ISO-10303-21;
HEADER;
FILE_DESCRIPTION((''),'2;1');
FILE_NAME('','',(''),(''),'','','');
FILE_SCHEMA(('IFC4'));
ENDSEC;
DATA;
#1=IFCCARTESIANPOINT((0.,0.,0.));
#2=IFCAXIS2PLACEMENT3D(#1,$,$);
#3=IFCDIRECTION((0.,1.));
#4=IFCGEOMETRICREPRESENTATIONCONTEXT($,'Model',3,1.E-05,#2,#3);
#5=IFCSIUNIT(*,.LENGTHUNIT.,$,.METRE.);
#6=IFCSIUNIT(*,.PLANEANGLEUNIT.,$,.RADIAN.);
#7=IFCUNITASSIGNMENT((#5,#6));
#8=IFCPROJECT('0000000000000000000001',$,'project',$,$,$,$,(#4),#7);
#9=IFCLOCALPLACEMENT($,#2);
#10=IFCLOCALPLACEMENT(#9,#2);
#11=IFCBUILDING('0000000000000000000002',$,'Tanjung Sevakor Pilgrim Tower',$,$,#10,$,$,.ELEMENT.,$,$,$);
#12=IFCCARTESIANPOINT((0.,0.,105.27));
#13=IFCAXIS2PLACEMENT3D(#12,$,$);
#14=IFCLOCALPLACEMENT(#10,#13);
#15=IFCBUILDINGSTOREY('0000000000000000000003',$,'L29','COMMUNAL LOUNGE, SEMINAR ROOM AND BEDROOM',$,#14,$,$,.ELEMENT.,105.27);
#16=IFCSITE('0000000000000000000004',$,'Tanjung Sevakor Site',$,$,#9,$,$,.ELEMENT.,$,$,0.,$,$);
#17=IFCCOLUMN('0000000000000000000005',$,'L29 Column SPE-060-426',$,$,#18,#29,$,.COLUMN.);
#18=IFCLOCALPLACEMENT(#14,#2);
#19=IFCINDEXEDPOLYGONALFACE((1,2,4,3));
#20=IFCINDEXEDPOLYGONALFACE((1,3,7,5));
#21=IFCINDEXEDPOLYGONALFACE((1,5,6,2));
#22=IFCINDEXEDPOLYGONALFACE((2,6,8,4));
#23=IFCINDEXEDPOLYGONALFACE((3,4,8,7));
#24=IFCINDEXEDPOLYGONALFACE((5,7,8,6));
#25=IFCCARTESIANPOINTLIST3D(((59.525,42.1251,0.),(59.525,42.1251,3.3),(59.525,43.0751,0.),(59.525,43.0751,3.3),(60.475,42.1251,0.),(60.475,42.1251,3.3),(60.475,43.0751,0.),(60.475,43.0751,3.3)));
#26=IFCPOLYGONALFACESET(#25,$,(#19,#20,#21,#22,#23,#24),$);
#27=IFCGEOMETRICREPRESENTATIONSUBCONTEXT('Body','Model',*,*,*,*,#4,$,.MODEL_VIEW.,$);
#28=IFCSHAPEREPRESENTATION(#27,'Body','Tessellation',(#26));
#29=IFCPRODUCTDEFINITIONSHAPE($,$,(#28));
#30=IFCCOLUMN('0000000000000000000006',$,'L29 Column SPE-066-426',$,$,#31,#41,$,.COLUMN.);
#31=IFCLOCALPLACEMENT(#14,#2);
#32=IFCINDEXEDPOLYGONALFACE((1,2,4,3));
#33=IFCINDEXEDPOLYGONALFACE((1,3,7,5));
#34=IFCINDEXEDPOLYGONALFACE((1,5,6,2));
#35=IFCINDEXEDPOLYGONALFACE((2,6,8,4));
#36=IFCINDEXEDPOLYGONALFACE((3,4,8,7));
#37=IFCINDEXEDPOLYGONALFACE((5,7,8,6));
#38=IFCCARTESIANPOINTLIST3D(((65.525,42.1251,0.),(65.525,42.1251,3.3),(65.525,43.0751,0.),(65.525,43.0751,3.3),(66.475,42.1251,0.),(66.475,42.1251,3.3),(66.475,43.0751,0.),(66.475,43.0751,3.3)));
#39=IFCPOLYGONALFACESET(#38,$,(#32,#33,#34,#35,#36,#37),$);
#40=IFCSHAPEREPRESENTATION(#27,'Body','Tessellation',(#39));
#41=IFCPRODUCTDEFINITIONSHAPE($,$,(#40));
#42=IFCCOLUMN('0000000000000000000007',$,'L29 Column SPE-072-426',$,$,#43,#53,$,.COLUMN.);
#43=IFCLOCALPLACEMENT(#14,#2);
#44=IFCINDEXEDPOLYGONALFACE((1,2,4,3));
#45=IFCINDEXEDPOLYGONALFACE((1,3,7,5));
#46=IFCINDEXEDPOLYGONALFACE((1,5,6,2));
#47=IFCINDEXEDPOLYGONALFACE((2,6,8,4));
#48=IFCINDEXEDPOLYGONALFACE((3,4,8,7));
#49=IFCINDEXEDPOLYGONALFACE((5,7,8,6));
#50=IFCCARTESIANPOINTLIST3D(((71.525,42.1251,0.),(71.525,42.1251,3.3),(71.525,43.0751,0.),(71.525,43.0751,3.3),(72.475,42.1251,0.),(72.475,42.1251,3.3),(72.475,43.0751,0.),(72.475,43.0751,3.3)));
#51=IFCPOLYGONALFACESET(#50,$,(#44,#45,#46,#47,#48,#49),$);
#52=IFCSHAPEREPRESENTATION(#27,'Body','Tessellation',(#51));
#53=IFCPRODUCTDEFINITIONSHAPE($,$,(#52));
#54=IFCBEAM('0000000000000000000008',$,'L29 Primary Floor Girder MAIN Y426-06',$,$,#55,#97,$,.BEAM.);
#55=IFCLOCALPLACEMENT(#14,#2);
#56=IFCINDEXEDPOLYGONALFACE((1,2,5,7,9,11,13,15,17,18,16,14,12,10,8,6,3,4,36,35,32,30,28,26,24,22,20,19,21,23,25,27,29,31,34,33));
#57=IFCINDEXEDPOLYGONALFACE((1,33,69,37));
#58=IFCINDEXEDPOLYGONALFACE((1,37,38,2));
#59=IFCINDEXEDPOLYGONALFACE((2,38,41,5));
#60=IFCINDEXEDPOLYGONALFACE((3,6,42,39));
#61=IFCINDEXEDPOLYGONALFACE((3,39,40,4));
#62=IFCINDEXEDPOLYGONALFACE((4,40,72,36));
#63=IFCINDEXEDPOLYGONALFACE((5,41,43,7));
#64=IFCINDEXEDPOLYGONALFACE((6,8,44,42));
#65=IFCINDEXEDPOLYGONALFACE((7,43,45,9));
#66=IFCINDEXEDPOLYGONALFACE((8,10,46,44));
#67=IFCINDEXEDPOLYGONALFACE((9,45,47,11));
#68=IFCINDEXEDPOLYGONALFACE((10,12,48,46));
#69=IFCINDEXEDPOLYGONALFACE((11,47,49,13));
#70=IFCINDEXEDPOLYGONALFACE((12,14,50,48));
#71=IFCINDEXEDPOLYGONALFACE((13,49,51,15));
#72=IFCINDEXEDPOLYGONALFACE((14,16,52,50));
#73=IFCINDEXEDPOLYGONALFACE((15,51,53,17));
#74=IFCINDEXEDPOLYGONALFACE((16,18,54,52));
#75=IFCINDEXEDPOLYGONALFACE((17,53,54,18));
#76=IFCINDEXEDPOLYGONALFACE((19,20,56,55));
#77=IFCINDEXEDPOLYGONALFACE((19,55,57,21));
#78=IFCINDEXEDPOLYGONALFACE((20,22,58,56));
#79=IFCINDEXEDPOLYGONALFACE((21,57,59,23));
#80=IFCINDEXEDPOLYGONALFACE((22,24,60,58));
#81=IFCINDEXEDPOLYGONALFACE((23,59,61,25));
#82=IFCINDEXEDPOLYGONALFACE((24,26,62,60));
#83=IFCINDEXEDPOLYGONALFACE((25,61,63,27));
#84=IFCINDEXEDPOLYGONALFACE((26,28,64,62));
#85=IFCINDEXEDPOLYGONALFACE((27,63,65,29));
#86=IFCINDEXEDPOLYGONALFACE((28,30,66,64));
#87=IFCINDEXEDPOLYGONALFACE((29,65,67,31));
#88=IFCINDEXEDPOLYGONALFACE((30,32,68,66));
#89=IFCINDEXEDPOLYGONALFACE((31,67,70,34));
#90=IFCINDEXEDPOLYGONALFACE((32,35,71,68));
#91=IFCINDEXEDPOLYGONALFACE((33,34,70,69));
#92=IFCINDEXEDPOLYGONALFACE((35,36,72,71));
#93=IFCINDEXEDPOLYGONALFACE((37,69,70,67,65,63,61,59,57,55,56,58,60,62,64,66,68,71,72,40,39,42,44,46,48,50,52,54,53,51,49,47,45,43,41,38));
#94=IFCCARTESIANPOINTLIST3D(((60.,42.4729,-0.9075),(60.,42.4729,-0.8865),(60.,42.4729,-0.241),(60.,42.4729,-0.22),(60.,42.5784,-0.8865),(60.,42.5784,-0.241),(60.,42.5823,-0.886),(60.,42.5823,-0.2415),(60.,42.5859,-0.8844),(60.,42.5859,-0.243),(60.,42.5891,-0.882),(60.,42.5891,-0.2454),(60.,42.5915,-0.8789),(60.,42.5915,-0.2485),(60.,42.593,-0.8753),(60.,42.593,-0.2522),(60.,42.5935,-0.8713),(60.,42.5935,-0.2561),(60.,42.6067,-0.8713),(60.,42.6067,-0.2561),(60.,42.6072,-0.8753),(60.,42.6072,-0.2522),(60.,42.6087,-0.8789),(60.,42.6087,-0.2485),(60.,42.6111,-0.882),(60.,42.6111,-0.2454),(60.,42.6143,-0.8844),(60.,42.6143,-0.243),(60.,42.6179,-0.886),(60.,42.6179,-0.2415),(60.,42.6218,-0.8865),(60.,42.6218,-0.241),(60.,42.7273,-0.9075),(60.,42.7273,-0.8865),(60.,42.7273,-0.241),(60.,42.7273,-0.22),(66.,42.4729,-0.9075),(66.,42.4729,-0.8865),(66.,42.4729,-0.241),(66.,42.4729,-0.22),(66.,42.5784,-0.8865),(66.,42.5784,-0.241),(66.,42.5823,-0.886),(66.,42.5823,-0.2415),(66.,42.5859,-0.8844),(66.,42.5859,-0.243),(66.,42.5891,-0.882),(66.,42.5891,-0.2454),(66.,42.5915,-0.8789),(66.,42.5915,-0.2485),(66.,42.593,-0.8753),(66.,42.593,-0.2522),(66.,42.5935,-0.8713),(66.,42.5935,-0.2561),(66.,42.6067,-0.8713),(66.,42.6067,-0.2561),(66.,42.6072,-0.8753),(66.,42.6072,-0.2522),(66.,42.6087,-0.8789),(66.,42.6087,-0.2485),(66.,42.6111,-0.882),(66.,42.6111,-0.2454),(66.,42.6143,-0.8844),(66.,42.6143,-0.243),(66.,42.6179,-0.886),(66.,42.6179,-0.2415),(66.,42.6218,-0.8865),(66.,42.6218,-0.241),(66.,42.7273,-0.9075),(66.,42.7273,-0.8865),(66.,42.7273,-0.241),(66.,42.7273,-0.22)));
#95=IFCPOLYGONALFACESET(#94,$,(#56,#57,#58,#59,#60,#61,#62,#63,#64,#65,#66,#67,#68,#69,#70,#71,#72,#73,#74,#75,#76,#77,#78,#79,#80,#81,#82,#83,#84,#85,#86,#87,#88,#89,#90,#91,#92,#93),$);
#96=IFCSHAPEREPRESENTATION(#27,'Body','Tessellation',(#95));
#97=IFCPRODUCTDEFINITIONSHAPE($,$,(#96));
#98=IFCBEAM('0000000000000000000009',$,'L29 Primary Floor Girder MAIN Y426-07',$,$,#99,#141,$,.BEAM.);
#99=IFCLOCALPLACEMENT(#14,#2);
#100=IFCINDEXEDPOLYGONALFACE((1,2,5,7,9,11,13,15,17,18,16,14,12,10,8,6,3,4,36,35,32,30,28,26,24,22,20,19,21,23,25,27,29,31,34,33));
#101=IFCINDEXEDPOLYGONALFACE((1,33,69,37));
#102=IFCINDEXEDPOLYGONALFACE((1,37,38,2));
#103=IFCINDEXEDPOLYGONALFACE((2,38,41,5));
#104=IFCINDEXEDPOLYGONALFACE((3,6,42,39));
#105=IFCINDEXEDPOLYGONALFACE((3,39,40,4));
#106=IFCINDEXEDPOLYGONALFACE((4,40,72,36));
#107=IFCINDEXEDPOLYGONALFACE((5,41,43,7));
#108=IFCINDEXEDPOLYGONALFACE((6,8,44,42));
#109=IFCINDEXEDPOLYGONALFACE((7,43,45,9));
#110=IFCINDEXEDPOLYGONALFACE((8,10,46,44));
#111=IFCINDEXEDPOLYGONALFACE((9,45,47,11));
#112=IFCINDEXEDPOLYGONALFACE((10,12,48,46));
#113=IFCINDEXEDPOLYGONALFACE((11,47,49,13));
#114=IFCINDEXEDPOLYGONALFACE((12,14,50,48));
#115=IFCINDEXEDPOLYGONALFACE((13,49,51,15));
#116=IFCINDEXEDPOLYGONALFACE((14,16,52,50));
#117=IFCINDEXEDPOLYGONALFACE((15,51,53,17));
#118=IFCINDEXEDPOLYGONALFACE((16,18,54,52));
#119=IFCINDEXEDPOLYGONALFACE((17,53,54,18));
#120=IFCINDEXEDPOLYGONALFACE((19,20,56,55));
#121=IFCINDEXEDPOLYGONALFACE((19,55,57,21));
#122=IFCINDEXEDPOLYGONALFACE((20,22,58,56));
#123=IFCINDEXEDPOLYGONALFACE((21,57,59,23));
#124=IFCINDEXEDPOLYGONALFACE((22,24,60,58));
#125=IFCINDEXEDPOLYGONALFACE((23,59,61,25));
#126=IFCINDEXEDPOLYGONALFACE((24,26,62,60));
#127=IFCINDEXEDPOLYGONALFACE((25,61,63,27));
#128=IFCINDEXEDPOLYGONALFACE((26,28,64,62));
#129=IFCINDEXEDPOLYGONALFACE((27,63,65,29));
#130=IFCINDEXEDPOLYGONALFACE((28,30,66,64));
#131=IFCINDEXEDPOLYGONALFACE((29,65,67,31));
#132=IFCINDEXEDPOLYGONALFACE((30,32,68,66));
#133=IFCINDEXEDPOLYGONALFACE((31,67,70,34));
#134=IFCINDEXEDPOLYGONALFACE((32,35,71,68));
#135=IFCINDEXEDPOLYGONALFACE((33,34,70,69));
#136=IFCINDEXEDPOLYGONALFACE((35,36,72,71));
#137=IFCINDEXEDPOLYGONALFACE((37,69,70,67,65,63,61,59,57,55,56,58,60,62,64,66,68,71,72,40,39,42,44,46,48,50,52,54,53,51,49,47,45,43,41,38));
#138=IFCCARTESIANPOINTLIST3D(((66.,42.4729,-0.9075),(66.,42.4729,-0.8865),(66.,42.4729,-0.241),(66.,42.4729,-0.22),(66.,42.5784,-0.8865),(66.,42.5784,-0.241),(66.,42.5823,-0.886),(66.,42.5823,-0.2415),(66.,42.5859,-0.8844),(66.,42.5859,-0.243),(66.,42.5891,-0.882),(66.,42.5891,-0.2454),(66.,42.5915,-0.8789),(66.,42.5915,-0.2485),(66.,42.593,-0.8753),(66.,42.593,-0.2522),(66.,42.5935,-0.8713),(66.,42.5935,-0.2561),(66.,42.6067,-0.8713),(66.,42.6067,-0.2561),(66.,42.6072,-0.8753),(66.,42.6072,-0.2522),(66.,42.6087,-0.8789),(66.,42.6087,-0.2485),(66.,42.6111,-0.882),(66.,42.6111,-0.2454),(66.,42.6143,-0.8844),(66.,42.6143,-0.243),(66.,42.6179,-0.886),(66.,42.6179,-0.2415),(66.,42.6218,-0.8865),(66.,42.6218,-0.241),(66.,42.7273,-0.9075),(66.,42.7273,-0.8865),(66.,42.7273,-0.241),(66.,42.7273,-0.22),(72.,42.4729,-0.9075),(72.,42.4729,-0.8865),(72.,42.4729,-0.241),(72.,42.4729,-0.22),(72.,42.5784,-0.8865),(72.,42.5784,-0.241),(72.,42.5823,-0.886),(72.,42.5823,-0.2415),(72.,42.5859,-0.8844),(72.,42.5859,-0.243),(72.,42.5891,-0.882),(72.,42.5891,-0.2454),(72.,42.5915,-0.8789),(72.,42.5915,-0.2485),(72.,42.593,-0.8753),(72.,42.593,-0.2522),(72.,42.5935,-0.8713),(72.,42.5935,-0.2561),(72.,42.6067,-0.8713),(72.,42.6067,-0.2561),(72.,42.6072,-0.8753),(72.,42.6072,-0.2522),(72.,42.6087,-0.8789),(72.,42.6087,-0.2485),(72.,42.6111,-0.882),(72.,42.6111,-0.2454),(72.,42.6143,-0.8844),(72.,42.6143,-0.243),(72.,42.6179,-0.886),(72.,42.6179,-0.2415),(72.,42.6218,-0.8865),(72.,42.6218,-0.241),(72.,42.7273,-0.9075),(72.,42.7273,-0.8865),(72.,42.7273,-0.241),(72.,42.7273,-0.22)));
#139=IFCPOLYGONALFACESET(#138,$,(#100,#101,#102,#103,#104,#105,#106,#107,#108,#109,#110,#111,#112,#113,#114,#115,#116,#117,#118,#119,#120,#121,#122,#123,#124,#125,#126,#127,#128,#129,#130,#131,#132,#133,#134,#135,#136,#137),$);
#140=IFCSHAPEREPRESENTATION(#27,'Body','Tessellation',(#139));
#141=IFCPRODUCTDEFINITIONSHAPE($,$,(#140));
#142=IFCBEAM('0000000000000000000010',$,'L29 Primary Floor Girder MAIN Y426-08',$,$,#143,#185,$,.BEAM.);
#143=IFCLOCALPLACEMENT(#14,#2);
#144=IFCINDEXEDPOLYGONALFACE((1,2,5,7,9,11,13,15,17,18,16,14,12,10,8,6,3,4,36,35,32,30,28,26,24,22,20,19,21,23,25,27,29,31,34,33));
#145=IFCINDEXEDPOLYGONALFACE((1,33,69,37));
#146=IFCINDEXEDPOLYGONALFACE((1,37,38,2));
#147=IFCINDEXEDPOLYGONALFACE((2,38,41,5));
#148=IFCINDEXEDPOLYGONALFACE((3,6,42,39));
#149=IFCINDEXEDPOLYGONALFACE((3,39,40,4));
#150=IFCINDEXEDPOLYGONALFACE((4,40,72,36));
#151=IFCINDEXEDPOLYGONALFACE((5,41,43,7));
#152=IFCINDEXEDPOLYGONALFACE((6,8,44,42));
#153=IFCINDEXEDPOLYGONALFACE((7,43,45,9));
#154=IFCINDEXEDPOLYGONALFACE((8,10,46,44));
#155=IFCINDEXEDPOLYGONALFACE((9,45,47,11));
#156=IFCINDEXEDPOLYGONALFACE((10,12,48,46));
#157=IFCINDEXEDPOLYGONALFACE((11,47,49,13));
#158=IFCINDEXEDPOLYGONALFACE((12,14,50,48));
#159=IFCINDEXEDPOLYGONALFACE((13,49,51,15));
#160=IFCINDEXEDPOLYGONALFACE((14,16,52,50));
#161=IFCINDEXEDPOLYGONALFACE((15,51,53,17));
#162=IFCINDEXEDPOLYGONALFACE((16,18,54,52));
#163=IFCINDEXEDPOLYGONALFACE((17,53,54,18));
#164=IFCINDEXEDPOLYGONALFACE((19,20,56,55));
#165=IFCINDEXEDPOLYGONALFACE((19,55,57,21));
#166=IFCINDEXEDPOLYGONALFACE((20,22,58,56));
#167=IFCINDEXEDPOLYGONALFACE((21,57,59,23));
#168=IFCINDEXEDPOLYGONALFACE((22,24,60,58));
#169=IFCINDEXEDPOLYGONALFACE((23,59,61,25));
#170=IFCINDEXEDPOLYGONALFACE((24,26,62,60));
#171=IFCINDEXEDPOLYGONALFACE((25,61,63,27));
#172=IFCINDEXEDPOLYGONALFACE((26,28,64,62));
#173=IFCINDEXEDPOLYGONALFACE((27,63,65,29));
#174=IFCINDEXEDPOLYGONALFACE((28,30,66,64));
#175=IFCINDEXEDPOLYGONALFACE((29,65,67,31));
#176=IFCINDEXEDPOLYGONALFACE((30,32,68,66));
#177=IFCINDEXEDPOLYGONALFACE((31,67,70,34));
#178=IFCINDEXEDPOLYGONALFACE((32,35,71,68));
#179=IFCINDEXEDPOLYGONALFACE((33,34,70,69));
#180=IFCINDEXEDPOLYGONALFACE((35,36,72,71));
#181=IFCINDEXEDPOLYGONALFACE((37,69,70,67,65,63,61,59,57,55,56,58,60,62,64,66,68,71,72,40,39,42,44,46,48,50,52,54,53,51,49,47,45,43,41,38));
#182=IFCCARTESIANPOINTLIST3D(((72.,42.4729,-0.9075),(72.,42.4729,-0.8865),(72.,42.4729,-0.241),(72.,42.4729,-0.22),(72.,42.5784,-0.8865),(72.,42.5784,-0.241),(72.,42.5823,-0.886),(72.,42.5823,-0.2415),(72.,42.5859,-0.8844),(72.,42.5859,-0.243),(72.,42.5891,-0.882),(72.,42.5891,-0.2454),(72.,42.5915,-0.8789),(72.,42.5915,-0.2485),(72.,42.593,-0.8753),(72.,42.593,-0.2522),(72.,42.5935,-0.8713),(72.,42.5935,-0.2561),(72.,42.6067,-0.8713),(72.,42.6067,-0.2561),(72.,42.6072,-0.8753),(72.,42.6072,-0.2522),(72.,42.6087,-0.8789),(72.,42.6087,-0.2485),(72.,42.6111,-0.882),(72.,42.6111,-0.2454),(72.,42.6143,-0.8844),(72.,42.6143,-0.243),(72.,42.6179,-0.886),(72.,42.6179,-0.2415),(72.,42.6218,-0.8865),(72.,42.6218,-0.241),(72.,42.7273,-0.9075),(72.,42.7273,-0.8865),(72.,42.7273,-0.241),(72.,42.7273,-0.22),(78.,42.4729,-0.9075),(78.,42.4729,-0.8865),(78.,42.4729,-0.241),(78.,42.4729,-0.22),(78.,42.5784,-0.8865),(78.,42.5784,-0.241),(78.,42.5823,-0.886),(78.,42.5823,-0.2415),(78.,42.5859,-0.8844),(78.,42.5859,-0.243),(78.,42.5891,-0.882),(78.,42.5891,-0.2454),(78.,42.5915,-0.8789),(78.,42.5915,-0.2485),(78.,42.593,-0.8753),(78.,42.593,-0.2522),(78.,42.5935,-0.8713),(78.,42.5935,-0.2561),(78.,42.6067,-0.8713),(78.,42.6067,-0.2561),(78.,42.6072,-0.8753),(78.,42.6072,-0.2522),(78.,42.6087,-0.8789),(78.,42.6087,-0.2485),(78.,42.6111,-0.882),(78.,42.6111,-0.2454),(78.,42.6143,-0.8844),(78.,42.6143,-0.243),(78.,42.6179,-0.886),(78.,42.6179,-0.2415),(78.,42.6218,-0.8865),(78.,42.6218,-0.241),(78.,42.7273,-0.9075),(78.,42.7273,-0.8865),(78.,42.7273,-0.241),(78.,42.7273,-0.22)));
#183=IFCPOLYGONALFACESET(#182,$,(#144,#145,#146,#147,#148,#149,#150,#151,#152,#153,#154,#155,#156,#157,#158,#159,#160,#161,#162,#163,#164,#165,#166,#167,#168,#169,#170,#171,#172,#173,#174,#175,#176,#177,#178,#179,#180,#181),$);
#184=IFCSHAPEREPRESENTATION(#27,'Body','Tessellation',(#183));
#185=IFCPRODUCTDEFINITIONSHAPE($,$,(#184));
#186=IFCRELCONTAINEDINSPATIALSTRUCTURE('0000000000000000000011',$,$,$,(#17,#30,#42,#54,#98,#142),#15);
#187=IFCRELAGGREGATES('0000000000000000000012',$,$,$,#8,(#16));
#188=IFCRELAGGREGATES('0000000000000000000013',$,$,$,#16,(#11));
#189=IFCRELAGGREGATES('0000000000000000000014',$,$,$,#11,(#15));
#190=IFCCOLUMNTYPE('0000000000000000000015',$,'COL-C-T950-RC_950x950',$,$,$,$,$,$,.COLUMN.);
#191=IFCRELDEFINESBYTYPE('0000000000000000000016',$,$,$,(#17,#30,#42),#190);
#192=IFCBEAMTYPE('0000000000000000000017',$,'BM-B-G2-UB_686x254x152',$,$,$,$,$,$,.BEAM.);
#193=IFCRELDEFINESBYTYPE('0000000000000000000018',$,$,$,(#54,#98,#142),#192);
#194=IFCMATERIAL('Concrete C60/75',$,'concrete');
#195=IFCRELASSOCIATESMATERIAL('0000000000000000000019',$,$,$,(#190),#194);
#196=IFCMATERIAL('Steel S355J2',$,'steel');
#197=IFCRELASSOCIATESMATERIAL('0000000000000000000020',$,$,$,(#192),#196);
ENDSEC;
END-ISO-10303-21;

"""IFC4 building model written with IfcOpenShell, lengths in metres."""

from ifc_helpers import new_model, si_unit, direction, frame, origin, origin_2d, place, context, subcontext, project, spatial, rectangle, i_section, extrude, material, material_profile, profile_set, type_object, element, save


model = new_model("IFC4")

# Units and contexts
model_context = context("Model", 3, precision=1e-05, world=origin(), true_north=direction((0.0, 1.0)))
body_context = subcontext(model_context, "Body", "Model", "MODEL_VIEW")
ifc_project = project(units=[si_unit("LENGTHUNIT", "METRE"), si_unit("PLANEANGLEUNIT", "RADIAN")], contexts=[model_context])

# Site, building, storey
site_placement = place(None, origin())
site = spatial("IfcSite", under=ifc_project, at=site_placement, Name="Tanjung Sevakor Site", CompositionType="ELEMENT", RefElevation=0.0)
building_placement = place(site_placement, origin())
building = spatial("IfcBuilding", under=site, at=building_placement, Name="Tanjung Sevakor Pilgrim Tower", CompositionType="ELEMENT")
storey_placement = place(building_placement, frame((0.0, 0.0, 105.27)))
storey = spatial("IfcBuildingStorey", under=building, at=storey_placement, Name="L29", Description="COMMUNAL LOUNGE, SEMINAR ROOM AND BEDROOM", CompositionType="ELEMENT", Elevation=105.27)

# Columns
ifc_material_1 = material(Name="Concrete C60/75", Category="concrete")
ifc_material_profile_1 = material_profile(ifc_material_1, rectangle(XDim=0.95, YDim=0.95, at=origin_2d()))
ifc_profile_set_1 = profile_set([ifc_material_profile_1], Name="Concrete C60/75")
column_type = type_object("IfcColumnType", Name="COL-C-T950-RC_950x950", PredefinedType="COLUMN", material=ifc_profile_set_1)
for number, where, z_axis, x_axis, name in (
    (1, (60.0, 42.6001, 0.0), (0.0, 0.0, 1.0), (1.0, 0.0, 0.0), "L29 Column SPE-060-426"),
    (2, (66.0, 42.6001, 0.0), (0.0, 0.0, 1.0), (1.0, 0.0, 0.0), "L29 Column SPE-066-426"),
    (3, (72.0, 42.6001, 0.0), (0.0, 0.0, 1.0), (1.0, 0.0, 0.0), "L29 Column SPE-072-426"),
):
    element("IfcColumn", number, at=place(storey_placement, frame(where, z_axis=z_axis, x_axis=x_axis)), inside=storey, type_object=column_type, Name=name, PredefinedType="COLUMN", context=body_context, shape_type="SweptSolid", body=[
        extrude(rectangle(XDim=0.95, YDim=0.95, at=origin_2d()), origin(), (0.0, 0.0, 1.0), 3.3),
    ])

# Beams
ifc_material_2 = material(Name="Steel S355J2", Category="steel")
ifc_material_profile_2 = material_profile(ifc_material_2, i_section(OverallWidth=0.2544, OverallDepth=0.6875, WebThickness=0.0132, FlangeThickness=0.021, FilletRadius=0.0151, at=origin_2d()))
ifc_profile_set_2 = profile_set([ifc_material_profile_2], Name="Steel S355J2")
beam_type_1 = type_object("IfcBeamType", Name="BM-B-G2-UB_686x254x152", PredefinedType="BEAM", material=ifc_profile_set_2)
for number, where, z_axis, x_axis, name in (
    (4, (60.0, 42.6001, -0.5637), (1.0, 0.0, 0.0), (0.0, 1.0, 0.0), "L29 Primary Floor Girder MAIN Y426-06"),
    (5, (66.0, 42.6001, -0.5637), (1.0, 0.0, 0.0), (0.0, 1.0, 0.0), "L29 Primary Floor Girder MAIN Y426-07"),
    (6, (72.0, 42.6001, -0.5637), (1.0, 0.0, 0.0), (0.0, 1.0, 0.0), "L29 Primary Floor Girder MAIN Y426-08"),
):
    element("IfcBeam", number, at=place(storey_placement, frame(where, z_axis=z_axis, x_axis=x_axis)), inside=storey, type_object=beam_type_1, Name=name, PredefinedType="BEAM", context=body_context, shape_type="SweptSolid", body=[
        extrude(i_section(OverallWidth=0.2544, OverallDepth=0.6875, WebThickness=0.0132, FlangeThickness=0.021, FilletRadius=0.0151, at=origin_2d()), origin(), (0.0, 0.0, 1.0), 6.0),
    ])

save(model, "model.ifc")
